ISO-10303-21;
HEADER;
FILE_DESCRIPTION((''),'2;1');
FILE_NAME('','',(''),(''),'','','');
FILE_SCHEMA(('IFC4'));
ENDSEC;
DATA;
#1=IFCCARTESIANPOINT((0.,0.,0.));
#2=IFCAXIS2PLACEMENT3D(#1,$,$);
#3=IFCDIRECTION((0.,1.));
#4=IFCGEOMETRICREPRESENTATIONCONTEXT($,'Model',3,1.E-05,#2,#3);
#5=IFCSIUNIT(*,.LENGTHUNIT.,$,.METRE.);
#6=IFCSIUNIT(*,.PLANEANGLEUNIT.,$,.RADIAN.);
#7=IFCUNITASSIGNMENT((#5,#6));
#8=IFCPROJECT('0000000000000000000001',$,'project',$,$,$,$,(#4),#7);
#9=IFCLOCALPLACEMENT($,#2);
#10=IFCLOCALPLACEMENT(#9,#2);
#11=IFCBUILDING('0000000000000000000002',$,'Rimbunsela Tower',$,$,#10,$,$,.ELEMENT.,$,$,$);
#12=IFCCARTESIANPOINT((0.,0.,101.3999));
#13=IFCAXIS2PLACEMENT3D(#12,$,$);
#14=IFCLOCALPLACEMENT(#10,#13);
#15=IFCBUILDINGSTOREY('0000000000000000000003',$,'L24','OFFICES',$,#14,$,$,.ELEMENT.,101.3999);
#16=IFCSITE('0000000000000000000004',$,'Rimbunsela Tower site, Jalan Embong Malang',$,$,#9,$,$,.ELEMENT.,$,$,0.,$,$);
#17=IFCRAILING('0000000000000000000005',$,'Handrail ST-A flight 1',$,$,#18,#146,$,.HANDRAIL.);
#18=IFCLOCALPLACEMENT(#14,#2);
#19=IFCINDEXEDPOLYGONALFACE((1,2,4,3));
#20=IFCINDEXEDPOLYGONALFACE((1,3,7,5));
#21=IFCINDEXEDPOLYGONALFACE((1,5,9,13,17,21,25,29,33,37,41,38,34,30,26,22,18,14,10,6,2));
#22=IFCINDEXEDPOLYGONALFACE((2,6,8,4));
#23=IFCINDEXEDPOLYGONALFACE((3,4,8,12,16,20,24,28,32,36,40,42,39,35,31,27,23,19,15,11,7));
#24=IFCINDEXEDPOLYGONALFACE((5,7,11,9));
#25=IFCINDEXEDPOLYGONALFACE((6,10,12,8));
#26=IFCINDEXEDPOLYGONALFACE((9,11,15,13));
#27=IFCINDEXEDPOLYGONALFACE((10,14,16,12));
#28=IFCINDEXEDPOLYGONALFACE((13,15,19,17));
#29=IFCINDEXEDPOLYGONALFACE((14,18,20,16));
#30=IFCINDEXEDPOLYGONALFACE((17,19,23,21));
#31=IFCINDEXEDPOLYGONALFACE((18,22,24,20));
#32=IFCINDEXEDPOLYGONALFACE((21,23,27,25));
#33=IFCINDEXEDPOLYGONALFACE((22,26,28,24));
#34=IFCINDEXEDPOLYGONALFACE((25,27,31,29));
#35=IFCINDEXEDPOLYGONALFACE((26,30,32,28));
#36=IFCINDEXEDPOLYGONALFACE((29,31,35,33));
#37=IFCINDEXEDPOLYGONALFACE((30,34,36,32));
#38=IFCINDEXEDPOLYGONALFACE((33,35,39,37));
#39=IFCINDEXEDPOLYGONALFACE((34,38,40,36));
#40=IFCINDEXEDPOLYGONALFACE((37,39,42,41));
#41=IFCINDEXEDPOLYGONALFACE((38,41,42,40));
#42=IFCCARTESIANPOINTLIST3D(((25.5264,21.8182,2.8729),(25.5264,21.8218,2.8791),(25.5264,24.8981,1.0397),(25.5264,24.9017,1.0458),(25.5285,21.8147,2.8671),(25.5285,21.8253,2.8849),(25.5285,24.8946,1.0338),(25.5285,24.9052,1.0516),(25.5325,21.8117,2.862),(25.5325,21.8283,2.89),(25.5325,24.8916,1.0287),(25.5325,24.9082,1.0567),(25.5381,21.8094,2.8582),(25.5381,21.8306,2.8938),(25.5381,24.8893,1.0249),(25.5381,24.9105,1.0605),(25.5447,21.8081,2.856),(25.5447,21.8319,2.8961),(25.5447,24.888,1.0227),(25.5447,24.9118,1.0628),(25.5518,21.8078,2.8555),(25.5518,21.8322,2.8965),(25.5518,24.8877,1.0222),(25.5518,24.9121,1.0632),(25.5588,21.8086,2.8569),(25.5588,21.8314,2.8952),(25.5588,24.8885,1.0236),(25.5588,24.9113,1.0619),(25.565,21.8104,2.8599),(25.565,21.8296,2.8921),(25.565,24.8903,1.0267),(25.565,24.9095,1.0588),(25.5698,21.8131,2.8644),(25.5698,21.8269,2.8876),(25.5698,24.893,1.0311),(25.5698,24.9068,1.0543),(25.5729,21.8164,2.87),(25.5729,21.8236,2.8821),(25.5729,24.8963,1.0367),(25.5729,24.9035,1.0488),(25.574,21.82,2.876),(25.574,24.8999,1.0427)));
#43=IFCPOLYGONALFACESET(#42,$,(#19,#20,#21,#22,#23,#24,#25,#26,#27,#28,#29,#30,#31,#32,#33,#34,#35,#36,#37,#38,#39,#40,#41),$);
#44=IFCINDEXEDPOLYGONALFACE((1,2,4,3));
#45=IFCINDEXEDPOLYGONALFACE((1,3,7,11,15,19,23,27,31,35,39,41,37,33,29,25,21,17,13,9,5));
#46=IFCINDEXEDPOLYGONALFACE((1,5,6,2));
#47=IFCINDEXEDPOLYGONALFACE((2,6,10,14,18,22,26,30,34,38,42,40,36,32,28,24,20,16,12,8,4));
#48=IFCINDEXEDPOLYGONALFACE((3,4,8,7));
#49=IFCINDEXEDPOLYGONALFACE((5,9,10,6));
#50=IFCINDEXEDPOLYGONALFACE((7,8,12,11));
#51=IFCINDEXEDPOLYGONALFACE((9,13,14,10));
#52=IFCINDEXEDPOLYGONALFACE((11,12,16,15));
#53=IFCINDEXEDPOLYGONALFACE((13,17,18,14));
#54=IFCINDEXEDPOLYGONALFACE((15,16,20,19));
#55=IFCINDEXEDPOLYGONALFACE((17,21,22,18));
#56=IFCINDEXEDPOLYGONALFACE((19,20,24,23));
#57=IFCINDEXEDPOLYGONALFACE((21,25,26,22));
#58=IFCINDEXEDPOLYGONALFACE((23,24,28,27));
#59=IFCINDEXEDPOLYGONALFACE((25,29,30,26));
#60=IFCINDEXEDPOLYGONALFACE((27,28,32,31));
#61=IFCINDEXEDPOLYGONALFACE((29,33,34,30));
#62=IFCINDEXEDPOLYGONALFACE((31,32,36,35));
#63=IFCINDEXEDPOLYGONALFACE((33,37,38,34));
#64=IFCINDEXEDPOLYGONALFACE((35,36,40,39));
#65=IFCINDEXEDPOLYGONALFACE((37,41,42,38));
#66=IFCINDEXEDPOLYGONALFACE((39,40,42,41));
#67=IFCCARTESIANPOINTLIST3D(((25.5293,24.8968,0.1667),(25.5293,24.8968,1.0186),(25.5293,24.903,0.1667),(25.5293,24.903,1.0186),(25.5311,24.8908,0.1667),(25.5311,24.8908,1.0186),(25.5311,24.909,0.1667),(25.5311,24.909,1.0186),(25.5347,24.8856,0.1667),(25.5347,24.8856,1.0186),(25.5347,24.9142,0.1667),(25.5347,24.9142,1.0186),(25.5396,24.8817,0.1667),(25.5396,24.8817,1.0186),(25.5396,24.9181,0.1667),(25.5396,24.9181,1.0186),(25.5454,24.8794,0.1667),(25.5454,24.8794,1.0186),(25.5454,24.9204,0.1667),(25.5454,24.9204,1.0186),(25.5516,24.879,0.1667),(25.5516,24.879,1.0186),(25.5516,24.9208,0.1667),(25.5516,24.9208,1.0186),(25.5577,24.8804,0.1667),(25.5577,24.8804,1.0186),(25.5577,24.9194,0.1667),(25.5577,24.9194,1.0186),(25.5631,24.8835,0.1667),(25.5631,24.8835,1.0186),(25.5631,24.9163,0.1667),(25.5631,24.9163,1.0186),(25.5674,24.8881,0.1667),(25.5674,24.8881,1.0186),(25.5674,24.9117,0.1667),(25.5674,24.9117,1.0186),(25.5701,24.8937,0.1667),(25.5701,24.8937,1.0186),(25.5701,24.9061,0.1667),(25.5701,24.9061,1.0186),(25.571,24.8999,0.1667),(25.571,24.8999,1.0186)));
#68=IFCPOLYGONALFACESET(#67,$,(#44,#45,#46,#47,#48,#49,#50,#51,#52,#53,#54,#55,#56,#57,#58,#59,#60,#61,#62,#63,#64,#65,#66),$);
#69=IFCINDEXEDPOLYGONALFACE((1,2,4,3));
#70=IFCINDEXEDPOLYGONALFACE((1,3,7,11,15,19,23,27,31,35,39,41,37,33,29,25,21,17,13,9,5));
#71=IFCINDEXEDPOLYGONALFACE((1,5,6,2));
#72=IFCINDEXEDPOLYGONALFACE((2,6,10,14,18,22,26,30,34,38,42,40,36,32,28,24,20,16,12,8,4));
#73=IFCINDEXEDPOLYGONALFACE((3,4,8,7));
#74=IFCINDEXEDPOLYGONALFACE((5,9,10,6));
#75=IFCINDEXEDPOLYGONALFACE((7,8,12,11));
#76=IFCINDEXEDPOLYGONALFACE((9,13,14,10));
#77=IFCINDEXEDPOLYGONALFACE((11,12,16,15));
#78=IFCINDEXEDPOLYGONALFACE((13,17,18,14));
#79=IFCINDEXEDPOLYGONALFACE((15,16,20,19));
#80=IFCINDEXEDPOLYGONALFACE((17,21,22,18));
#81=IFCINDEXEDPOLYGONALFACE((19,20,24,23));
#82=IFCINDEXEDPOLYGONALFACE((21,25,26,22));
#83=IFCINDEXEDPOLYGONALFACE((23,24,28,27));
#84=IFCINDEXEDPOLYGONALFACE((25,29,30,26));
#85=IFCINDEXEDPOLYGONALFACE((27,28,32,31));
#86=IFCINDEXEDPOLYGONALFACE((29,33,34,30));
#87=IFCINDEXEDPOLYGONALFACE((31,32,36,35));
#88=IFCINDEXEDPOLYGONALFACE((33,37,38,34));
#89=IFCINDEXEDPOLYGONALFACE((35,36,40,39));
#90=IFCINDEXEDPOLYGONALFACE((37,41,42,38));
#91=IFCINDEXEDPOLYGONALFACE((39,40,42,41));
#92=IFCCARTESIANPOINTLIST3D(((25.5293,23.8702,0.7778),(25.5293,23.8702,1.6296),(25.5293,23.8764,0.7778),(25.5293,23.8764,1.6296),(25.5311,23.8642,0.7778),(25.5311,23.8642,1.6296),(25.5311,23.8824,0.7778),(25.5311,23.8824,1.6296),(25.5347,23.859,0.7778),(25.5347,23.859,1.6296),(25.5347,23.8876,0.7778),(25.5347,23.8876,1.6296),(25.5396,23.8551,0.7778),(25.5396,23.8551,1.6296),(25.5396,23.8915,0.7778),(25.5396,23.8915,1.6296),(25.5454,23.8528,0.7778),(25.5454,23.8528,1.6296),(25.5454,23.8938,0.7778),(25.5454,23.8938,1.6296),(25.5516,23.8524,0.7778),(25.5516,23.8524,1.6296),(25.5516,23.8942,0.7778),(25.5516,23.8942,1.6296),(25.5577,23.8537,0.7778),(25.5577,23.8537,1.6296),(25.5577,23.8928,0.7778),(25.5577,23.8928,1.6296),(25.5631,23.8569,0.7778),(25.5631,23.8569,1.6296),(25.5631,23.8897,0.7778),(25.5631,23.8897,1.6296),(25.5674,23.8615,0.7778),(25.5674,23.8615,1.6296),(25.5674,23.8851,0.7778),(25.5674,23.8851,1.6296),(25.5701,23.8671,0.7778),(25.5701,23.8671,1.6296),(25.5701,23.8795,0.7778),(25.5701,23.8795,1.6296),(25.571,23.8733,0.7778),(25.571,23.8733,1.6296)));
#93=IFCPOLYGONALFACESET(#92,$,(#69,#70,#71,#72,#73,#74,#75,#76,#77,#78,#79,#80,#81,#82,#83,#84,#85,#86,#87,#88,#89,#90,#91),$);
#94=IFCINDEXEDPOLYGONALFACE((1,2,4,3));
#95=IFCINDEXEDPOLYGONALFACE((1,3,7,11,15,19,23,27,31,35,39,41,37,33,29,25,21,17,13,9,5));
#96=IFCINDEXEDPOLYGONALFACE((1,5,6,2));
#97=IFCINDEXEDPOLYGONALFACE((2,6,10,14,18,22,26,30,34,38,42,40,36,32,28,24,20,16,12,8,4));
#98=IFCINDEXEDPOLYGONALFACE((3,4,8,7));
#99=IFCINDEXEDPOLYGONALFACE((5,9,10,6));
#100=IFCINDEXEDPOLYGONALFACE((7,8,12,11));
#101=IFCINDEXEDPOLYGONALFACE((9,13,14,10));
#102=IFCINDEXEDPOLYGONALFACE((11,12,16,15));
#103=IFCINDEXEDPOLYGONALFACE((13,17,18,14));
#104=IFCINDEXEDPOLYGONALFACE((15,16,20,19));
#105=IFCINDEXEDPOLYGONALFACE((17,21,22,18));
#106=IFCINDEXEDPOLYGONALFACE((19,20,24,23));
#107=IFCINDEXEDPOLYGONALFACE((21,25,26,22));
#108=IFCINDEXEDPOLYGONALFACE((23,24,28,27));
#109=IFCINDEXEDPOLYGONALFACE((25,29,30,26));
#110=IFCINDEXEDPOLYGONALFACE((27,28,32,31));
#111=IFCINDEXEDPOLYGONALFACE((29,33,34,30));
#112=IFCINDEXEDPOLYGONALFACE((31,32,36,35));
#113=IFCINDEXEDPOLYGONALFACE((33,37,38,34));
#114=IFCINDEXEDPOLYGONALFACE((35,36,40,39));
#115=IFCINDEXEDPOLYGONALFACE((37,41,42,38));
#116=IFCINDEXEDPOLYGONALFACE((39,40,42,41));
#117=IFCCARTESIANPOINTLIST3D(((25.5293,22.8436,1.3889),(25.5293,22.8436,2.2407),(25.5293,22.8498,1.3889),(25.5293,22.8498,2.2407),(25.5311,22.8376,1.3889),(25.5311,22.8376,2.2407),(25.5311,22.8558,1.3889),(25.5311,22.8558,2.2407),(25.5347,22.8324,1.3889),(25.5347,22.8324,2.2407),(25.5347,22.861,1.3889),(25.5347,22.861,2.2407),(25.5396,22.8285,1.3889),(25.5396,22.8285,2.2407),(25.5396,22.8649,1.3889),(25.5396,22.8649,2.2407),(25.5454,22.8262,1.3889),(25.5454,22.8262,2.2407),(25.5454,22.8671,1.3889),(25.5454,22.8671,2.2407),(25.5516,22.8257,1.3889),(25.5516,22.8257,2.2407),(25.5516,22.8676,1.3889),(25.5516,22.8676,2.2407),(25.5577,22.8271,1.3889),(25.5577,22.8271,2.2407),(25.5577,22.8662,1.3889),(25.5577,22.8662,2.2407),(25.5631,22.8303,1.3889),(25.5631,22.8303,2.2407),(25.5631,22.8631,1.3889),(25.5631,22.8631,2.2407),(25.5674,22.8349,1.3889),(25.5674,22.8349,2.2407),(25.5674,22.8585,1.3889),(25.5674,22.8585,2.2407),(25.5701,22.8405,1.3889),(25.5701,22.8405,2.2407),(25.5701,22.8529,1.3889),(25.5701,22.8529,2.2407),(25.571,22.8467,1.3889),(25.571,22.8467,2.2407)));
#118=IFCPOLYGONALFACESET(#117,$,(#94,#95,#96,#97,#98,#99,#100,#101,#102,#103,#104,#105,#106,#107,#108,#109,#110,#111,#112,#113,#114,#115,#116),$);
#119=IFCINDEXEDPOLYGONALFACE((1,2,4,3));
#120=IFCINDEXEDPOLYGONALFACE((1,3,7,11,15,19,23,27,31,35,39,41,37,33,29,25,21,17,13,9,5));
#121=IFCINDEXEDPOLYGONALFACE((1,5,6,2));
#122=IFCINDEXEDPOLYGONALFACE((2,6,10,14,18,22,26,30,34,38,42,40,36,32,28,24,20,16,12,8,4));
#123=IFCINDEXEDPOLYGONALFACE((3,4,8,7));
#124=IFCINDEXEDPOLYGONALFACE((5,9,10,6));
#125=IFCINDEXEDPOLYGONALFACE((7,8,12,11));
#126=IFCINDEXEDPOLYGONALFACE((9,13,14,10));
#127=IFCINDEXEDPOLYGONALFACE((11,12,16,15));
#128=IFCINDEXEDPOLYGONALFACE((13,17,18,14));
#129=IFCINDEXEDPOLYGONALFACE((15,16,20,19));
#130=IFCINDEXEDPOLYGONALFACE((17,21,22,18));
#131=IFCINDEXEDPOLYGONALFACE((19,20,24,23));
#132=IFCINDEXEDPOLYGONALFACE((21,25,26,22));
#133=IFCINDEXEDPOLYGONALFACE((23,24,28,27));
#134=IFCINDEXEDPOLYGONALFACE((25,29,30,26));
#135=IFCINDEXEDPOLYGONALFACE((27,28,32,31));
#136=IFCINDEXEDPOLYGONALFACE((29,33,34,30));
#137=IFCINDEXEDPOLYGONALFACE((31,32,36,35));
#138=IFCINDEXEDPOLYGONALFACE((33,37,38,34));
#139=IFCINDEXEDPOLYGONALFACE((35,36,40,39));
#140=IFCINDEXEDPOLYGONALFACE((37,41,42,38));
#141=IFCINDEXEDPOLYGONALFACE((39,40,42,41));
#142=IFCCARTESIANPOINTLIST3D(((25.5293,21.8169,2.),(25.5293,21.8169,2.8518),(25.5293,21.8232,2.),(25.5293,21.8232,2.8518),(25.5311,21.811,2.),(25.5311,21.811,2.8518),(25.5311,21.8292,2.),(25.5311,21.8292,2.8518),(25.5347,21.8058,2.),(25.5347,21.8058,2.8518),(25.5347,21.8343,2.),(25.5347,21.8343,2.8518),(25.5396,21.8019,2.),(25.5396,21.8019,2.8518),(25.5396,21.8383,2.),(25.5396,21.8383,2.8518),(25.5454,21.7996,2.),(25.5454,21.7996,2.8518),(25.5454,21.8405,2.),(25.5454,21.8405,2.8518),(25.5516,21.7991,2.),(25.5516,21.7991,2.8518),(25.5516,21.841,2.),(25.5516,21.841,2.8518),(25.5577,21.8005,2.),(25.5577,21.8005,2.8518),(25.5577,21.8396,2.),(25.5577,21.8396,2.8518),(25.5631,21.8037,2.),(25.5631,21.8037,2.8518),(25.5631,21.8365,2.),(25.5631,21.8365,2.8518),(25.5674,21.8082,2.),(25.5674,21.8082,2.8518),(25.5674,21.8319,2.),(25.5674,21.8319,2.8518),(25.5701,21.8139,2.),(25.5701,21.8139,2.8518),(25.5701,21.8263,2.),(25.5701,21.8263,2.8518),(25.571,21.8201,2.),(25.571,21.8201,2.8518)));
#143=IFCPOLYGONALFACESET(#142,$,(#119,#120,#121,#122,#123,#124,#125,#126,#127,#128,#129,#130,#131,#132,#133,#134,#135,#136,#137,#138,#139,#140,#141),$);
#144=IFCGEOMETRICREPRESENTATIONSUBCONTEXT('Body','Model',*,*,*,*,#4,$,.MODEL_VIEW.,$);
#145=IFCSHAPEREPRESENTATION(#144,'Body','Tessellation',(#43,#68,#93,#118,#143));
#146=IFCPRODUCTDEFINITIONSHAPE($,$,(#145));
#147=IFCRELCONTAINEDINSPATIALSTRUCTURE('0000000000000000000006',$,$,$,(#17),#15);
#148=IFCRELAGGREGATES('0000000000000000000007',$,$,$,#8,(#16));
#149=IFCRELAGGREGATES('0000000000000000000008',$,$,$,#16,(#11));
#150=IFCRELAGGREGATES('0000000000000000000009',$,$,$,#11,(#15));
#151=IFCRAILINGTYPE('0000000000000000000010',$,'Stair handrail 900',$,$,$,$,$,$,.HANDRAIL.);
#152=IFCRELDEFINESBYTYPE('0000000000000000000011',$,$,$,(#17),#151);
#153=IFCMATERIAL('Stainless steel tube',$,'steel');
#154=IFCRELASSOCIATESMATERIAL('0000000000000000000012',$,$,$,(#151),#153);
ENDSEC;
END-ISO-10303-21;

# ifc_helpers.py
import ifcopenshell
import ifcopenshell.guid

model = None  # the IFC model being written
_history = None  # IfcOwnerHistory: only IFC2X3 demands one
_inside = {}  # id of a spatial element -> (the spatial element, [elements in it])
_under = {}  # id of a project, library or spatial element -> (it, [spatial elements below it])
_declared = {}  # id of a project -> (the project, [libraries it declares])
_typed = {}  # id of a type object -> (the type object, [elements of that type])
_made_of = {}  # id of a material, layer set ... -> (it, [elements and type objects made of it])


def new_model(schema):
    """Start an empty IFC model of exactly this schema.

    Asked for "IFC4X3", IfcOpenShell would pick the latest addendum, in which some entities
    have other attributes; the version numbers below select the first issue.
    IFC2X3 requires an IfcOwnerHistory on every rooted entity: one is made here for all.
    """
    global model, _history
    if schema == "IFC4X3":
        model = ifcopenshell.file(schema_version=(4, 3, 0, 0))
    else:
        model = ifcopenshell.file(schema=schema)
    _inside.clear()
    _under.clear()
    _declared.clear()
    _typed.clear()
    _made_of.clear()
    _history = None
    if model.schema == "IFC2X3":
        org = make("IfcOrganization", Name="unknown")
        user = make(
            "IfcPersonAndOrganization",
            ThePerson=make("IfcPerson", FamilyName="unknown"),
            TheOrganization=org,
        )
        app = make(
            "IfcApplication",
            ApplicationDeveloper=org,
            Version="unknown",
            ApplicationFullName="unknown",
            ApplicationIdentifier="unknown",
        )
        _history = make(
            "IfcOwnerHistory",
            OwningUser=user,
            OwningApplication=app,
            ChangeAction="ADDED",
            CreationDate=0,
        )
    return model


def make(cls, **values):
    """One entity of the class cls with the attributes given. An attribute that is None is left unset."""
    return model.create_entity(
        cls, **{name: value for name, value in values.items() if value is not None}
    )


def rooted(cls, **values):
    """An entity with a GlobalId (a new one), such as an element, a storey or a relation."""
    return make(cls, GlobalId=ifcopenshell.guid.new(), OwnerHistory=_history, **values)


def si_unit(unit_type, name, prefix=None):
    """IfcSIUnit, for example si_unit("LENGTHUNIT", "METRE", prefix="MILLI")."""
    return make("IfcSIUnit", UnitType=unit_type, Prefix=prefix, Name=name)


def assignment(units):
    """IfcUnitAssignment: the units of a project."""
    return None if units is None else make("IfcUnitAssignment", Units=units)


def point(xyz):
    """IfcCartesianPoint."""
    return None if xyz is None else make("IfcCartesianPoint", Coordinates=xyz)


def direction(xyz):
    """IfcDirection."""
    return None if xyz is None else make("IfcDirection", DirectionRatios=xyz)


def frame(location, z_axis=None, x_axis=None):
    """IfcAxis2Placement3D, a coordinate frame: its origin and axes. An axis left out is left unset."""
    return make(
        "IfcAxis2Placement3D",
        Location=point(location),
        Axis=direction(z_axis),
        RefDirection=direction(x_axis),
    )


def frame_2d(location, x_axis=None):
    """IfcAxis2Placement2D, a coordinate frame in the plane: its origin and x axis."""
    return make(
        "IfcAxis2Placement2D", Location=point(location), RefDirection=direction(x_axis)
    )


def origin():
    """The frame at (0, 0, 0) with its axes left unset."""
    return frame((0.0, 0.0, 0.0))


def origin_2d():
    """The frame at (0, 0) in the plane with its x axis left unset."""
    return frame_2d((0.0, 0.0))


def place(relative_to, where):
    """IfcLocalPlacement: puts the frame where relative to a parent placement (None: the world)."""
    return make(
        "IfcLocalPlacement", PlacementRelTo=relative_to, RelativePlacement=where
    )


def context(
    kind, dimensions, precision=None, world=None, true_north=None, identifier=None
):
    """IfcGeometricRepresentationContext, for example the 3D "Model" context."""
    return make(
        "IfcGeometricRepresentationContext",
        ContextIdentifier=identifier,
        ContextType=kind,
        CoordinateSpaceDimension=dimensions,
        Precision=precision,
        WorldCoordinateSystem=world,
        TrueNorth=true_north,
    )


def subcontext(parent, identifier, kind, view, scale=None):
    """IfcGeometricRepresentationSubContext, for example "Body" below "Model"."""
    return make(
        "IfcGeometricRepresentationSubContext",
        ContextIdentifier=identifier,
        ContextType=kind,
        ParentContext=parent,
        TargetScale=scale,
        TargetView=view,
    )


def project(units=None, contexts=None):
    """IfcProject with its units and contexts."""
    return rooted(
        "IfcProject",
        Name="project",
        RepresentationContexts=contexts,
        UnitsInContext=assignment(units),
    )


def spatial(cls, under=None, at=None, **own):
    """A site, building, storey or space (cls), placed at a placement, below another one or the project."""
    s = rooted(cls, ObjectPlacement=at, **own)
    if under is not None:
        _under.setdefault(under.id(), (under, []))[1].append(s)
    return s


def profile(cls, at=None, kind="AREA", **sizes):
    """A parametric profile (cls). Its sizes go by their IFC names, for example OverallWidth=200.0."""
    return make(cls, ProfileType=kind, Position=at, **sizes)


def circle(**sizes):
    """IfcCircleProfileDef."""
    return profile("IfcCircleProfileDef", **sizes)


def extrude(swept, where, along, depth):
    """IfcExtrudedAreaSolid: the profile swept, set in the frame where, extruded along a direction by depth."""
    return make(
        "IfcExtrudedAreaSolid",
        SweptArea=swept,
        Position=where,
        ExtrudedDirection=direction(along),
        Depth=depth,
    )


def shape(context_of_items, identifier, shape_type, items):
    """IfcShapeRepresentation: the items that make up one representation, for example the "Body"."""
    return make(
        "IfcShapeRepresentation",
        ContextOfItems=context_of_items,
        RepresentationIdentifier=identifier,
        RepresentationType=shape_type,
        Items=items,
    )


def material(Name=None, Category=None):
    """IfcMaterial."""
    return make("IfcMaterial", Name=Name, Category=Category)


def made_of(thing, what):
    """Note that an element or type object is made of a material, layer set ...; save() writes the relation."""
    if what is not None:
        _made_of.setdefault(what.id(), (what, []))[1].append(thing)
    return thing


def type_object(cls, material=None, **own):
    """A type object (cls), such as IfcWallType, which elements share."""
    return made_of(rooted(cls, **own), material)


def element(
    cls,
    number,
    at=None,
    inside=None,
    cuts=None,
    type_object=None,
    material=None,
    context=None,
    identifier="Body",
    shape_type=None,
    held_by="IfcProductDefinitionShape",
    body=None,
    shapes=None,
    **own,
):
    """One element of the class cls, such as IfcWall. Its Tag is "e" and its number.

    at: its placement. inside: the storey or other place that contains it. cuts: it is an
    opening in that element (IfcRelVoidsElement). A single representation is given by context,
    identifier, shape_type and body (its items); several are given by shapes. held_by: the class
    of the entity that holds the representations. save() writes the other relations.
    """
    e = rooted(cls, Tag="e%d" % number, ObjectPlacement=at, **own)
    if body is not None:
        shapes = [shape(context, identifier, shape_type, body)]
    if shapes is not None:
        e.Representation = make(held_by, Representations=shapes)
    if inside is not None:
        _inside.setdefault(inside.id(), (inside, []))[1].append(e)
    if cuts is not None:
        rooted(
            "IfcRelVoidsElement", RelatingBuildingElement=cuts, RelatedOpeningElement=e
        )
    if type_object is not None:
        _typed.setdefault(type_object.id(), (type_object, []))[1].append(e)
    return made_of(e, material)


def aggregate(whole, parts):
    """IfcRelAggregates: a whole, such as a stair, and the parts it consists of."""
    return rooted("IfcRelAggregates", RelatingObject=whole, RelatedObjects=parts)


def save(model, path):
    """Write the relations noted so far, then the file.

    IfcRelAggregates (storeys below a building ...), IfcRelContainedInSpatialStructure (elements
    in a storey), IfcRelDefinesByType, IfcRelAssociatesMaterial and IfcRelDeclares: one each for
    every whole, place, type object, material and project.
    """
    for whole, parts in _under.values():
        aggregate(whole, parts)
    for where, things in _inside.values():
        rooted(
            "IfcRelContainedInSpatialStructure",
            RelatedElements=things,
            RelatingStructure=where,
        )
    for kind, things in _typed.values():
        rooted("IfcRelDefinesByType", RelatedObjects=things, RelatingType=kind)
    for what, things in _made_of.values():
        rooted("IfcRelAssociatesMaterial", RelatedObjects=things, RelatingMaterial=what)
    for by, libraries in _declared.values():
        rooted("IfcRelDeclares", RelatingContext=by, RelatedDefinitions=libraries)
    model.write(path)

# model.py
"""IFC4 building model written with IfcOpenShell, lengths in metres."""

from ifc_helpers import new_model, si_unit, direction, frame, origin, origin_2d, place, context, subcontext, project, spatial, circle, extrude, material, type_object, element, save


model = new_model("IFC4")

# Units and contexts
model_context = context("Model", 3, precision=1e-05, world=origin(), true_north=direction((0.0, 1.0)))
body_context = subcontext(model_context, "Body", "Model", "MODEL_VIEW")
ifc_project = project(units=[si_unit("LENGTHUNIT", "METRE"), si_unit("PLANEANGLEUNIT", "RADIAN")], contexts=[model_context])

# Site, building, storey
site_placement = place(None, origin())
site = spatial("IfcSite", under=ifc_project, at=site_placement, Name="Rimbunsela Tower site, Jalan Embong Malang", CompositionType="ELEMENT", RefElevation=0.0)
building_placement = place(site_placement, origin())
building = spatial("IfcBuilding", under=site, at=building_placement, Name="Rimbunsela Tower", CompositionType="ELEMENT")
storey_placement = place(building_placement, frame((0.0, 0.0, 101.3999)))
storey = spatial("IfcBuildingStorey", under=building, at=storey_placement, Name="L24", Description="OFFICES", CompositionType="ELEMENT", Elevation=101.3999)

# Railing
ifc_material_1 = material(Name="Stainless steel tube", Category="steel")
railing_type = type_object("IfcRailingType", Name="Stair handrail 900", PredefinedType="HANDRAIL", material=ifc_material_1)
railing_1_placement = place(storey_placement, frame((25.55, 24.8999, 0.1667)))
element("IfcRailing", 1, at=railing_1_placement, inside=storey, type_object=railing_type, Name="Handrail ST-A flight 1", PredefinedType="HANDRAIL", context=body_context, shape_type="SweptSolid", body=[
    extrude(circle(Radius=0.0239, at=origin_2d()), frame((0.0, 0.0, 0.876), z_axis=(0.0, -0.859291, 0.511487), x_axis=(1.0, 0.0, 0.0)), (0.0, 0.0, 1.0), 3.5842),
    extrude(circle(Radius=0.021, at=origin_2d()), origin(), (0.0, 0.0, 1.0), 0.8518),
    extrude(circle(Radius=0.021, at=origin_2d()), frame((0.0, -1.0266, 0.6111)), (0.0, 0.0, 1.0), 0.8518),
    extrude(circle(Radius=0.021, at=origin_2d()), frame((0.0, -2.0532, 1.2222)), (0.0, 0.0, 1.0), 0.8518),
    extrude(circle(Radius=0.021, at=origin_2d()), frame((0.0, -3.0798, 1.8333)), (0.0, 0.0, 1.0), 0.8518),
])

save(model, "model.ifc")
